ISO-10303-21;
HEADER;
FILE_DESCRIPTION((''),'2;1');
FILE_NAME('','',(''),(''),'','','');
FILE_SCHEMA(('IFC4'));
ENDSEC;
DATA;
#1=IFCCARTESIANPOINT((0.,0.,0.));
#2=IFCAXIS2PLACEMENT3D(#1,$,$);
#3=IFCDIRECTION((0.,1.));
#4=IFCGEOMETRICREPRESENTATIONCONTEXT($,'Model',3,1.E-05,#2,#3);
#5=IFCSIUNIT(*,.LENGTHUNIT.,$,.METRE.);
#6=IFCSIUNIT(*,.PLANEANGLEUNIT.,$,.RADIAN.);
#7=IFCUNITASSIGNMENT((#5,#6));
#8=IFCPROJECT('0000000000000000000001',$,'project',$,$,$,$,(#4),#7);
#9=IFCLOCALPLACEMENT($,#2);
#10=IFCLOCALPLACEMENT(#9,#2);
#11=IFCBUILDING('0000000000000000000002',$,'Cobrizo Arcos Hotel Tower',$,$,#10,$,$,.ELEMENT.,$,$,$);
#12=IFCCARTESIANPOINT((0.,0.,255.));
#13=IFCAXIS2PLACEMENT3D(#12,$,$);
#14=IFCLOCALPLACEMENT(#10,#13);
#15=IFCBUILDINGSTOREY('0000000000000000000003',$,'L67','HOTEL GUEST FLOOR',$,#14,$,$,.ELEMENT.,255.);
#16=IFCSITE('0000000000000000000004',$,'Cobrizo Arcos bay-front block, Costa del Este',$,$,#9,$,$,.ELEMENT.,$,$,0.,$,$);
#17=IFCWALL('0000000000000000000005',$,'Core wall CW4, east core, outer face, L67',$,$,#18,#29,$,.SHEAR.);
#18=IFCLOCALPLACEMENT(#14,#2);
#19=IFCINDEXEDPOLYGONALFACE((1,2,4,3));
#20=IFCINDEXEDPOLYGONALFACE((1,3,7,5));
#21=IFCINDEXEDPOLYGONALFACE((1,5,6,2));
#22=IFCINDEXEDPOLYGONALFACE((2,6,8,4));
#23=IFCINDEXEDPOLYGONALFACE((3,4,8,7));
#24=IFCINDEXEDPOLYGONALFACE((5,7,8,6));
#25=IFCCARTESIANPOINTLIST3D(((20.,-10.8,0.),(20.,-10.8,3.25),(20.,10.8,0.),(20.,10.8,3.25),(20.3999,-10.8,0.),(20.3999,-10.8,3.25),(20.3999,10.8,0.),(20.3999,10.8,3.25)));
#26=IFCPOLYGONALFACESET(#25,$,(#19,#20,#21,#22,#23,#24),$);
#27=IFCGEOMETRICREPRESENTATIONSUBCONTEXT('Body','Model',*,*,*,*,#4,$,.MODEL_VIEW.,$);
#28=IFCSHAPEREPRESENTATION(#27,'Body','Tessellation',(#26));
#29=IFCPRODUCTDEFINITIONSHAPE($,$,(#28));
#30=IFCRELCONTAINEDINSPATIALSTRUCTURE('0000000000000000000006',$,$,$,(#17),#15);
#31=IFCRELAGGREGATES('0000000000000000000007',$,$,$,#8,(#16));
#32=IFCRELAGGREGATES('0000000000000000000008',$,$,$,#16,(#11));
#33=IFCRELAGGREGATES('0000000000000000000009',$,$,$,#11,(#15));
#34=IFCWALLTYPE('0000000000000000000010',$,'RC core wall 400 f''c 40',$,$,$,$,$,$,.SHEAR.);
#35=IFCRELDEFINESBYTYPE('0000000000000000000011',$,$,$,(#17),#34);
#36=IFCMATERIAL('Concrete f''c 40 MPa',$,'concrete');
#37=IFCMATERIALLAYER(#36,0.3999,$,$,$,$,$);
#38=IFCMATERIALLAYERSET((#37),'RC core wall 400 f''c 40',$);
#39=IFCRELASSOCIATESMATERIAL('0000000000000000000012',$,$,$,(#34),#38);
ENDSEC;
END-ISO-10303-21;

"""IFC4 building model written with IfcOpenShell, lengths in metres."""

from ifc_helpers import new_model, si_unit, direction, frame, frame_2d, origin, place, context, subcontext, project, spatial, rectangle, extrude, material, layer, layer_set, type_object, element, save


model = new_model("IFC4")

# Units and contexts
model_context = context("Model", 3, precision=1e-05, world=origin(), true_north=direction((0.0, 1.0)))
body_context = subcontext(model_context, "Body", "Model", "MODEL_VIEW")
ifc_project = project(units=[si_unit("LENGTHUNIT", "METRE"), si_unit("PLANEANGLEUNIT", "RADIAN")], contexts=[model_context])

# Site, building, storey
site_placement = place(None, origin())
site = spatial("IfcSite", under=ifc_project, at=site_placement, Name="Cobrizo Arcos bay-front block, Costa del Este", CompositionType="ELEMENT", RefElevation=0.0)
building_placement = place(site_placement, origin())
building = spatial("IfcBuilding", under=site, at=building_placement, Name="Cobrizo Arcos Hotel Tower", CompositionType="ELEMENT")
storey_placement = place(building_placement, frame((0.0, 0.0, 255.0)))
storey = spatial("IfcBuildingStorey", under=building, at=storey_placement, Name="L67", Description="HOTEL GUEST FLOOR", CompositionType="ELEMENT", Elevation=255.0)

# Shared definitions
ifc_material_1 = material(Name="Concrete f'c 40 MPa", Category="concrete")
ifc_layer_1 = layer(ifc_material_1, 0.3999)
ifc_layer_set_1 = layer_set([ifc_layer_1], Name="RC core wall 400 f'c 40")
wall_type_1 = type_object("IfcWallType", Name="RC core wall 400 f'c 40", PredefinedType="SHEAR", material=ifc_layer_set_1)

# Wall
wall_1_placement = place(storey_placement, frame((20.2, -10.8, 0.0), z_axis=(0.0, 0.0, 1.0), x_axis=(0.0, 1.0, 0.0)))
element("IfcWall", 1, at=wall_1_placement, inside=storey, type_object=wall_type_1, Name="Core wall CW4, east core, outer face, L67", PredefinedType="SHEAR", context=body_context, shape_type="SweptSolid", body=[
    extrude(rectangle(XDim=21.6001, YDim=0.3999, at=frame_2d((10.8, 0.0))), origin(), (0.0, 0.0, 1.0), 3.25),
])

save(model, "model.ifc")
